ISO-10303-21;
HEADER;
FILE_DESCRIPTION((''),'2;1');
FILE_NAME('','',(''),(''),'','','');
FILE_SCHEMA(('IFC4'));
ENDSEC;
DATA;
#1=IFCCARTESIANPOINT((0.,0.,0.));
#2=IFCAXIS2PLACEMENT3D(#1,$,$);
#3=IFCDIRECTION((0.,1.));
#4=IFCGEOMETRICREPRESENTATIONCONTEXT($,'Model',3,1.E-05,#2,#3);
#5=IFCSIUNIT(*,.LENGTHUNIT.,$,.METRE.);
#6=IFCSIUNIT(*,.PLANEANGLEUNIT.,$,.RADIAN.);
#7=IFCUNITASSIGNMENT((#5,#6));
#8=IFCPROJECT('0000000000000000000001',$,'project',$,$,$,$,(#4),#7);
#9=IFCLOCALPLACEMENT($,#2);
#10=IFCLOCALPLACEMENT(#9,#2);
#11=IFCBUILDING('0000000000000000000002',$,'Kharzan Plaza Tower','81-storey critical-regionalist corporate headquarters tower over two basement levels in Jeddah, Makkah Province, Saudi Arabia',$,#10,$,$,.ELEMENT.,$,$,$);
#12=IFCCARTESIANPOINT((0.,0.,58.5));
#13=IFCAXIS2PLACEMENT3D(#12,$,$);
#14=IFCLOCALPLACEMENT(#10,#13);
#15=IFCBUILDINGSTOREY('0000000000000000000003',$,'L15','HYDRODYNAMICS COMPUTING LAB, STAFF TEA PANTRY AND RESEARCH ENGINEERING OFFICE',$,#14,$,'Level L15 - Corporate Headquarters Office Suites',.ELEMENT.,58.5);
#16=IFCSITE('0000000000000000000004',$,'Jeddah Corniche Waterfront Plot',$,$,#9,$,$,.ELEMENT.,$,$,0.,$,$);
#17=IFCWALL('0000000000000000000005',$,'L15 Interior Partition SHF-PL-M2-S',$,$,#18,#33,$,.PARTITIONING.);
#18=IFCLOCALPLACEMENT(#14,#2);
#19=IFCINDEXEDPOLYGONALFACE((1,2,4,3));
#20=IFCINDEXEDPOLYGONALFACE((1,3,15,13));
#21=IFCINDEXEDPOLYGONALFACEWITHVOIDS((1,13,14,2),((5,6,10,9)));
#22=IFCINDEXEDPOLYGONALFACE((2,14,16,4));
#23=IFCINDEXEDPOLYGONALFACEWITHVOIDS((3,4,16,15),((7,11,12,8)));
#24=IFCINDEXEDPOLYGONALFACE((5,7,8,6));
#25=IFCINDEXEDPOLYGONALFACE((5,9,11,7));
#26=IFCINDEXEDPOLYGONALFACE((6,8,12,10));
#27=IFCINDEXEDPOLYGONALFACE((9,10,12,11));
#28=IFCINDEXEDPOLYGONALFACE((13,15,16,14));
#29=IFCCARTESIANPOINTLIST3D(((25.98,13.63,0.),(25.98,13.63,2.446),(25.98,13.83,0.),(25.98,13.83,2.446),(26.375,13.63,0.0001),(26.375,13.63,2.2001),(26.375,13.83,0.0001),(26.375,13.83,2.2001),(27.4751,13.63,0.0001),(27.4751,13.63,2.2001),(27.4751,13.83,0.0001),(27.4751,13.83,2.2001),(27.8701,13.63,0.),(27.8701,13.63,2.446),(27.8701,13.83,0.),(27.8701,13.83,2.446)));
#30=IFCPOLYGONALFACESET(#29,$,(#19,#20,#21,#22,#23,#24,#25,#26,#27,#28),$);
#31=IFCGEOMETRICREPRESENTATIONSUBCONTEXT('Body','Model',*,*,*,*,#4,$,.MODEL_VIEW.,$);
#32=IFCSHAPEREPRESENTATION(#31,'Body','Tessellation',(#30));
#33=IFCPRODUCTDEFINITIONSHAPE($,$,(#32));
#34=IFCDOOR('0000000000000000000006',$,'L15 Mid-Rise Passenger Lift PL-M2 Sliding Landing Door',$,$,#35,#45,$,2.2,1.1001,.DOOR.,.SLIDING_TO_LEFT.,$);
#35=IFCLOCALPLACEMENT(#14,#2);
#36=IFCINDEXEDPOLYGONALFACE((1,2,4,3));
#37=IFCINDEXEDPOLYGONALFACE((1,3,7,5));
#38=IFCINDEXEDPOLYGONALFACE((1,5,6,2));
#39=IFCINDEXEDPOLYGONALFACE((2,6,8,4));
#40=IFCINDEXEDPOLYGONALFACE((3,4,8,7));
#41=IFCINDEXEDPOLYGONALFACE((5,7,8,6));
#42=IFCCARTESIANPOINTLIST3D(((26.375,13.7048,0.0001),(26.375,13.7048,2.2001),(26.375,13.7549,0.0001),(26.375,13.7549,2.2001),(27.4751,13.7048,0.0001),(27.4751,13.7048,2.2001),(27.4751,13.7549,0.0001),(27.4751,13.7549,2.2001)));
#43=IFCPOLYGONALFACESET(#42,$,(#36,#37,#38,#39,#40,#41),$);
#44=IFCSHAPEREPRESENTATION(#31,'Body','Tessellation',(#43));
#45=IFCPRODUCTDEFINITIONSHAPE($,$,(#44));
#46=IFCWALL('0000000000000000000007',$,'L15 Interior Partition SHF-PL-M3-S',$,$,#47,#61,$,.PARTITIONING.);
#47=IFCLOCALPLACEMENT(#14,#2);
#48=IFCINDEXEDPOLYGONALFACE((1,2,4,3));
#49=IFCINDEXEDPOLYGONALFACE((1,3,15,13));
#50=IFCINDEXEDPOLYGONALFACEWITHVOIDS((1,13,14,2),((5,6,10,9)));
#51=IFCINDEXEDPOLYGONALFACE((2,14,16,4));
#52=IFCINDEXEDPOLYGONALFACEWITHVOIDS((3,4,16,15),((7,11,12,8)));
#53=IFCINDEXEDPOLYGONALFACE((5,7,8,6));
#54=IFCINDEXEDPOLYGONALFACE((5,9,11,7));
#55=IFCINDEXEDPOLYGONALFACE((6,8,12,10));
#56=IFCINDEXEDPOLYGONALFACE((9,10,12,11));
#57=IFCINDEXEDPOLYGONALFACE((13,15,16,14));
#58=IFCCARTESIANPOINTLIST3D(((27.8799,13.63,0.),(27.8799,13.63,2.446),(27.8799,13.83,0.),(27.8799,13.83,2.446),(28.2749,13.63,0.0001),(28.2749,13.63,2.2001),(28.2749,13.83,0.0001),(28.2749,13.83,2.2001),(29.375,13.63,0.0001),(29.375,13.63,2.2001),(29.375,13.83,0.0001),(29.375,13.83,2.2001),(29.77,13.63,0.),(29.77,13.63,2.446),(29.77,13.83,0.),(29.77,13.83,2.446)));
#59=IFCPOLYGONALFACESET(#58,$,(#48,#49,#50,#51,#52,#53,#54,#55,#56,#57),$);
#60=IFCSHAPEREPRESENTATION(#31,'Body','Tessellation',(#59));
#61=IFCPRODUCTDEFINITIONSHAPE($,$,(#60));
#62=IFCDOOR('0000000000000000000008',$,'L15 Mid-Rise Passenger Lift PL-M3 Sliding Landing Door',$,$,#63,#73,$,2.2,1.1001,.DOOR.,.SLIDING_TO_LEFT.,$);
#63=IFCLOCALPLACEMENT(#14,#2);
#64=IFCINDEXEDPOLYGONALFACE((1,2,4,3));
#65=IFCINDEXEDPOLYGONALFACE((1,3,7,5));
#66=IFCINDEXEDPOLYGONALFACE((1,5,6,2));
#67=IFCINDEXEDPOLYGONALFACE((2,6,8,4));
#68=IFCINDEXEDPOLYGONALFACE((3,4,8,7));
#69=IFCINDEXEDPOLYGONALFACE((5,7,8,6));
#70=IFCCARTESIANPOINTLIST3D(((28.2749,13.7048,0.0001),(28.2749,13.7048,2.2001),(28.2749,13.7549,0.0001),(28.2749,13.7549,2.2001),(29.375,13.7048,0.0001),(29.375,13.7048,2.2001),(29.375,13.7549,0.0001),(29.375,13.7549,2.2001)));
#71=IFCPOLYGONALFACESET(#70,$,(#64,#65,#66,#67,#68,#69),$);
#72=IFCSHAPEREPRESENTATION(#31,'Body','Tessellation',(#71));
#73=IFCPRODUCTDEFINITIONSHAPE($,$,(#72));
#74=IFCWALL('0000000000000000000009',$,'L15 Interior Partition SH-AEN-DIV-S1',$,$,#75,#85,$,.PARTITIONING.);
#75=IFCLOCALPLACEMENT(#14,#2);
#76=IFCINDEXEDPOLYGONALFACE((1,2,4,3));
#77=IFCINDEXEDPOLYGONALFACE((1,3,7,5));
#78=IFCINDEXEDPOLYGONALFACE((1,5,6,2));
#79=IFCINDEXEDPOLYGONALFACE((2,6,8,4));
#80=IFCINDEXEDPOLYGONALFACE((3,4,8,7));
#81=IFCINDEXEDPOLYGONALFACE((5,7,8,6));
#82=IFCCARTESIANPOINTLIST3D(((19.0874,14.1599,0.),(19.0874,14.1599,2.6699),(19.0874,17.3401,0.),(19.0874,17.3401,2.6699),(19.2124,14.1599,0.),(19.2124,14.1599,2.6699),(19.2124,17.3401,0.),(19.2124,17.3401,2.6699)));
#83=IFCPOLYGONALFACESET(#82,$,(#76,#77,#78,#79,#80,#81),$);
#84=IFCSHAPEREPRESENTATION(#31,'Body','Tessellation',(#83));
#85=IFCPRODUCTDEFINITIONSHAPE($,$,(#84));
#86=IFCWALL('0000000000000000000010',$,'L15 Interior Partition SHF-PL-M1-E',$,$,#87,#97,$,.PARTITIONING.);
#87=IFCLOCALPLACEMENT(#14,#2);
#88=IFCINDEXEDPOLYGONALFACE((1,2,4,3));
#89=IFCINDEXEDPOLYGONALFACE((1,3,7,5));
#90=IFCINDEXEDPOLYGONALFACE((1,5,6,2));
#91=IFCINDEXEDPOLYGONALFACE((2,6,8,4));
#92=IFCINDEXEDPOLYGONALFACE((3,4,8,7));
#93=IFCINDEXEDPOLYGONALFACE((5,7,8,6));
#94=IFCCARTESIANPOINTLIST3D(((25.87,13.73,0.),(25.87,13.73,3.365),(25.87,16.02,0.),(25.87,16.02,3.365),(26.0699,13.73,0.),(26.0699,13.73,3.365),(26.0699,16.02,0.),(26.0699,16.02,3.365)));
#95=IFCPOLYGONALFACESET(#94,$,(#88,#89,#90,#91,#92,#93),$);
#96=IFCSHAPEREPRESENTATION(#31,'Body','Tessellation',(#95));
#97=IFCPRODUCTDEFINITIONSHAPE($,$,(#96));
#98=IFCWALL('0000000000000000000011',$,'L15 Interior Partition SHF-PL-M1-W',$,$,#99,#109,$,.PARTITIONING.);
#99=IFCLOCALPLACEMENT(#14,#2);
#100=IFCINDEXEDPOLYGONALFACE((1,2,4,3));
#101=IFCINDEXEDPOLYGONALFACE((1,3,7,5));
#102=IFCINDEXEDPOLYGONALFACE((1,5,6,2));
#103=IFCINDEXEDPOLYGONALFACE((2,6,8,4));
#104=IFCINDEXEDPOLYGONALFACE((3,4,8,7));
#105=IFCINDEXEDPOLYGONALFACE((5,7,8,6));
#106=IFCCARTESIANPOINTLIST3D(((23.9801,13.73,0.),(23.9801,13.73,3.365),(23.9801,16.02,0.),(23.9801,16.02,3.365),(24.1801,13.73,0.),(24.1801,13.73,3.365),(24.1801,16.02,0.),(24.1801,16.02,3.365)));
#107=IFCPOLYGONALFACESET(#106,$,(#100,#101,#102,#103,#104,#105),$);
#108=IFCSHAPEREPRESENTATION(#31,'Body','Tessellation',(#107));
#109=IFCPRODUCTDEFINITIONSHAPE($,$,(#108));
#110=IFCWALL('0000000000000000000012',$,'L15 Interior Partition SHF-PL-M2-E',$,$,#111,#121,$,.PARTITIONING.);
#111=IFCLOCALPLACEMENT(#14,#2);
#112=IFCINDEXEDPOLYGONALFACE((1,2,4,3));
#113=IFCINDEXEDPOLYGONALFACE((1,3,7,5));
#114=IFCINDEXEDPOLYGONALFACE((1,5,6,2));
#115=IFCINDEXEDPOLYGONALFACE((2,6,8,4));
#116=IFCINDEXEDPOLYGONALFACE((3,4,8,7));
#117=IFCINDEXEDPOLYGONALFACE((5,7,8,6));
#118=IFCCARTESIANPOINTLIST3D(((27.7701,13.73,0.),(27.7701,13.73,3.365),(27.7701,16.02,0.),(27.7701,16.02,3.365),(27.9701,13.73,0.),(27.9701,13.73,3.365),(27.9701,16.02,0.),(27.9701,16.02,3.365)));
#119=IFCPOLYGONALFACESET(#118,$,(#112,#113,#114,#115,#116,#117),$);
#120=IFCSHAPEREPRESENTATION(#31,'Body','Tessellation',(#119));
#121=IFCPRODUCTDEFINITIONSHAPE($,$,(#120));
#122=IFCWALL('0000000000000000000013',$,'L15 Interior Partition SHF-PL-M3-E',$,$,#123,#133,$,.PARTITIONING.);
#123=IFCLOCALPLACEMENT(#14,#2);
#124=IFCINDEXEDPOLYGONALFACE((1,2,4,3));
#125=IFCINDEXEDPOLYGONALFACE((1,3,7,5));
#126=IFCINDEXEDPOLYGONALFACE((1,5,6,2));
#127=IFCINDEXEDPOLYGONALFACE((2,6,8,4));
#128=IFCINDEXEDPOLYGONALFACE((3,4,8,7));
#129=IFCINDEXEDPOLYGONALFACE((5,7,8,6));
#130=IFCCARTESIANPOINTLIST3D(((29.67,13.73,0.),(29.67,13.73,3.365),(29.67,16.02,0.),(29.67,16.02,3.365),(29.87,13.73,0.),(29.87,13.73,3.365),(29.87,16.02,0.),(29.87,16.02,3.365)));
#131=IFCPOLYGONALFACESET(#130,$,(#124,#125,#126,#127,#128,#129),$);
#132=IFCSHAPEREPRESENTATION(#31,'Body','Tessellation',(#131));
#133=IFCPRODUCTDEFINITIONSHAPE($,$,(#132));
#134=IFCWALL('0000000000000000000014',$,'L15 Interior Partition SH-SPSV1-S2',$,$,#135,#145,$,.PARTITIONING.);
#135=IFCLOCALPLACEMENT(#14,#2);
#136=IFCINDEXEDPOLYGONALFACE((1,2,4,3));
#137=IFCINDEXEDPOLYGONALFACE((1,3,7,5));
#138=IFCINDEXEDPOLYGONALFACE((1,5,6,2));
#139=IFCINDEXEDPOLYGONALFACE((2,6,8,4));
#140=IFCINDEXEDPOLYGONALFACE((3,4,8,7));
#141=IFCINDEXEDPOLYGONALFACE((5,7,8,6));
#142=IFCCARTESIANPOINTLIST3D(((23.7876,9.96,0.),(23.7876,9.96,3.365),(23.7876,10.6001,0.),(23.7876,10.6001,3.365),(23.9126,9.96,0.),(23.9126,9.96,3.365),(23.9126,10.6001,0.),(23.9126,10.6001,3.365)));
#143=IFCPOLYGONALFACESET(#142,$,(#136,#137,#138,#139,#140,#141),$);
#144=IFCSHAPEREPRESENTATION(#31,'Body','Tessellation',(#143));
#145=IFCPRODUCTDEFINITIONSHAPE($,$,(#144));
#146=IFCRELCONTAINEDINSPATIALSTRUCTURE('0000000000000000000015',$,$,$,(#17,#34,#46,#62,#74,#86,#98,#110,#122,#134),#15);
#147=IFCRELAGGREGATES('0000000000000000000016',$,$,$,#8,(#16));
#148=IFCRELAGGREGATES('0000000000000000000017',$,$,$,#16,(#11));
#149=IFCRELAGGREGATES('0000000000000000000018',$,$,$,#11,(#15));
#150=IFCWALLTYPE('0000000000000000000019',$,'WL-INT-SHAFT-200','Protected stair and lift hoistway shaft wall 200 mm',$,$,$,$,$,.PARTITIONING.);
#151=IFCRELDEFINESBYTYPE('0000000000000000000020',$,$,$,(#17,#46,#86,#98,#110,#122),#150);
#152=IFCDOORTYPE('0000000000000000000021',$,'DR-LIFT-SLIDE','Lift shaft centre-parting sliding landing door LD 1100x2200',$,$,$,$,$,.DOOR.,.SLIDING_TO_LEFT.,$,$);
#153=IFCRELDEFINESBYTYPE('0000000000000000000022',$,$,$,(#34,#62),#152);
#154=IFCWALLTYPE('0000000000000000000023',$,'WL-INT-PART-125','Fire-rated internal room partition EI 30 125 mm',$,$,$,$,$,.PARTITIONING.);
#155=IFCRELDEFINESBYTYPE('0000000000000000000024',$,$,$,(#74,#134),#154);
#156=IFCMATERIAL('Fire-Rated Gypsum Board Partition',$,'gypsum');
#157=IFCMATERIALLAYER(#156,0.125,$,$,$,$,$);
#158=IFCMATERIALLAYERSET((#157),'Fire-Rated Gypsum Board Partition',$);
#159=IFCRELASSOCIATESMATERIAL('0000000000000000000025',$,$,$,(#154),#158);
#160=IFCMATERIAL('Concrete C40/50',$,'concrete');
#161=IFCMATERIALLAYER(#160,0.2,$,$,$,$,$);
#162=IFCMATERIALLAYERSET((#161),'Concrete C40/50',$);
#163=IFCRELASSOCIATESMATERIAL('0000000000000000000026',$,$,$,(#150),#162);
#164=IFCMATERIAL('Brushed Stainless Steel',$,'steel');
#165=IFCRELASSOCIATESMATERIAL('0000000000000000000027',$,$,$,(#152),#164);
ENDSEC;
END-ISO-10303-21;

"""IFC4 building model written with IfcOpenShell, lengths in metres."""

from ifc_helpers import new_model, si_unit, direction, frame, frame_2d, origin, place, context, subcontext, project, spatial, rectangle, extrude, source, transform, mapped, material, layer, layer_set, type_object, element, fill, save


model = new_model("IFC4")

# Units and contexts
model_context = context("Model", 3, precision=1e-05, world=origin(), true_north=direction((0.0, 1.0)))
body_context = subcontext(model_context, "Body", "Model", "MODEL_VIEW")
ifc_project = project(units=[si_unit("LENGTHUNIT", "METRE"), si_unit("PLANEANGLEUNIT", "RADIAN")], contexts=[model_context])

# Site, building, storey
site_placement = place(None, origin())
site = spatial("IfcSite", under=ifc_project, at=site_placement, Name="Jeddah Corniche Waterfront Plot", CompositionType="ELEMENT", RefElevation=0.0)
building_placement = place(site_placement, origin())
building = spatial("IfcBuilding", under=site, at=building_placement, Name="Kharzan Plaza Tower", Description="81-storey critical-regionalist corporate headquarters tower over two basement levels in Jeddah, Makkah Province, Saudi Arabia", CompositionType="ELEMENT")
storey_placement = place(building_placement, frame((0.0, 0.0, 58.5)))
storey = spatial("IfcBuildingStorey", under=building, at=storey_placement, Name="L15", Description="HYDRODYNAMICS COMPUTING LAB, STAFF TEA PANTRY AND RESEARCH ENGINEERING OFFICE", LongName="Level L15 - Corporate Headquarters Office Suites", CompositionType="ELEMENT", Elevation=58.5)

# Walls, openings, doors
ifc_material_1 = material(Name="Fire-Rated Gypsum Board Partition", Category="gypsum")
ifc_layer_1 = layer(ifc_material_1, 0.125)
ifc_layer_set_1 = layer_set([ifc_layer_1], Name="Fire-Rated Gypsum Board Partition")
wall_type_1 = type_object("IfcWallType", Name="WL-INT-PART-125", Description="Fire-rated internal room partition EI 30 125 mm", PredefinedType="PARTITIONING", material=ifc_layer_set_1)
ifc_material_2 = material(Name="Concrete C40/50", Category="concrete")
ifc_layer_2 = layer(ifc_material_2, 0.2)
ifc_layer_set_2 = layer_set([ifc_layer_2], Name="Concrete C40/50")
wall_type_2 = type_object("IfcWallType", Name="WL-INT-SHAFT-200", Description="Protected stair and lift hoistway shaft wall 200 mm", PredefinedType="PARTITIONING", material=ifc_layer_set_2)
ifc_material_3 = material(Name="Brushed Stainless Steel", Category="steel")
door_type_1 = type_object("IfcDoorType", Name="DR-LIFT-SLIDE", Description="Lift shaft centre-parting sliding landing door LD 1100x2200", OperationType="SLIDING_TO_LEFT", PredefinedType="DOOR", material=ifc_material_3)
shared_shape_1 = source(origin(), body_context, "Body", "SweptSolid", [
    extrude(rectangle(XDim=1.1001, YDim=2.2, at=frame_2d((0.55, 1.1001))), frame((0.0, 0.0249, 0.0), z_axis=(0.0, -1.0, 0.0), x_axis=(1.0, 0.0, 0.0)), (0.0, 0.0, 1.0), 0.05),
])
wall_1_placement = place(storey_placement, frame((25.98, 13.73, 0.0), z_axis=(0.0, 0.0, 1.0), x_axis=(1.0, 0.0, 0.0)))
wall_1 = element("IfcWall", 1, at=wall_1_placement, inside=storey, type_object=wall_type_2, Name="L15 Interior Partition SHF-PL-M2-S", PredefinedType="PARTITIONING", context=body_context, shape_type="SweptSolid", body=[
    extrude(rectangle(XDim=1.8901, YDim=0.2, at=frame_2d((0.9451, 0.0))), origin(), (0.0, 0.0, 1.0), 2.446),
])
opening_1_placement = place(wall_1_placement, frame((0.395, 0.0, 0.0)))
opening_1 = element("IfcOpeningElement", 2, at=opening_1_placement, cuts=wall_1, PredefinedType="OPENING", context=body_context, shape_type="SweptSolid", body=[
    extrude(rectangle(XDim=1.1001, YDim=2.2, at=frame_2d((0.55, 1.1001))), frame((0.0, 0.1099, 0.0), z_axis=(0.0, -1.0, 0.0), x_axis=(1.0, 0.0, 0.0)), (0.0, 0.0, 1.0), 0.22),
])
door_1_placement = place(opening_1_placement, origin())
door_1 = element("IfcDoor", 3, at=door_1_placement, inside=storey, type_object=door_type_1, Name="L15 Mid-Rise Passenger Lift PL-M2 Sliding Landing Door", OperationType="SLIDING_TO_LEFT", OverallHeight=2.2, OverallWidth=1.1001, PredefinedType="DOOR", context=body_context, shape_type="MappedRepresentation", body=[
    mapped(shared_shape_1, transform((0.0, 0.0, 0.0), x_axis=(1.0, 0.0, 0.0), y_axis=(0.0, 1.0, 0.0), z_axis=(0.0, 0.0, 1.0))),
])
fill(opening_1, door_1)
wall_2_placement = place(storey_placement, frame((27.8799, 13.73, 0.0), z_axis=(0.0, 0.0, 1.0), x_axis=(1.0, 0.0, 0.0)))
wall_2 = element("IfcWall", 4, at=wall_2_placement, inside=storey, type_object=wall_type_2, Name="L15 Interior Partition SHF-PL-M3-S", PredefinedType="PARTITIONING", context=body_context, shape_type="SweptSolid", body=[
    extrude(rectangle(XDim=1.8901, YDim=0.2, at=frame_2d((0.9451, 0.0))), origin(), (0.0, 0.0, 1.0), 2.446),
])
opening_2_placement = place(wall_2_placement, frame((0.395, 0.0, 0.0)))
opening_2 = element("IfcOpeningElement", 5, at=opening_2_placement, cuts=wall_2, PredefinedType="OPENING", context=body_context, shape_type="SweptSolid", body=[
    extrude(rectangle(XDim=1.1001, YDim=2.2, at=frame_2d((0.55, 1.1001))), frame((0.0, 0.1099, 0.0), z_axis=(0.0, -1.0, 0.0), x_axis=(1.0, 0.0, 0.0)), (0.0, 0.0, 1.0), 0.22),
])
door_2_placement = place(opening_2_placement, origin())
door_2 = element("IfcDoor", 6, at=door_2_placement, inside=storey, type_object=door_type_1, Name="L15 Mid-Rise Passenger Lift PL-M3 Sliding Landing Door", OperationType="SLIDING_TO_LEFT", OverallHeight=2.2, OverallWidth=1.1001, PredefinedType="DOOR", context=body_context, shape_type="MappedRepresentation", body=[
    mapped(shared_shape_1, transform((0.0, 0.0, 0.0), x_axis=(1.0, 0.0, 0.0), y_axis=(0.0, 1.0, 0.0), z_axis=(0.0, 0.0, 1.0))),
])
fill(opening_2, door_2)

# Walls
shared_shape_2 = source(origin(), body_context, "Body", "SweptSolid", [
    extrude(rectangle(XDim=3.1802, YDim=0.125, at=frame_2d((1.5901, 0.0))), origin(), (0.0, 0.0, 1.0), 2.6699),
])
wall_3_placement = place(storey_placement, frame((19.1499, 14.1599, 0.0), z_axis=(0.0, 0.0, 1.0), x_axis=(0.0, 1.0, 0.0)))
element("IfcWall", 7, at=wall_3_placement, inside=storey, type_object=wall_type_1, Name="L15 Interior Partition SH-AEN-DIV-S1", PredefinedType="PARTITIONING", context=body_context, shape_type="MappedRepresentation", body=[
    mapped(shared_shape_2, transform((0.0, 0.0, 0.0), x_axis=(1.0, 0.0, 0.0), y_axis=(0.0, 1.0, 0.0), z_axis=(0.0, 0.0, 1.0))),
])
shared_shape_3 = source(origin(), body_context, "Body", "SweptSolid", [
    extrude(rectangle(XDim=2.29, YDim=0.2, at=frame_2d((1.145, 0.0))), origin(), (0.0, 0.0, 1.0), 3.365),
])
for number, where, z_axis, x_axis, name in (
    (8, (25.97, 13.73, 0.0), (0.0, 0.0, 1.0), (0.0, 1.0, 0.0), "L15 Interior Partition SHF-PL-M1-E"),
    (9, (24.0801, 13.73, 0.0), (0.0, 0.0, 1.0), (0.0, 1.0, 0.0), "L15 Interior Partition SHF-PL-M1-W"),
    (10, (27.8701, 13.73, 0.0), (0.0, 0.0, 1.0), (0.0, 1.0, 0.0), "L15 Interior Partition SHF-PL-M2-E"),
    (11, (29.77, 13.73, 0.0), (0.0, 0.0, 1.0), (0.0, 1.0, 0.0), "L15 Interior Partition SHF-PL-M3-E"),
):
    element("IfcWall", number, at=place(storey_placement, frame(where, z_axis=z_axis, x_axis=x_axis)), inside=storey, type_object=wall_type_2, Name=name, PredefinedType="PARTITIONING", context=body_context, shape_type="MappedRepresentation", body=[
        mapped(shared_shape_3, transform((0.0, 0.0, 0.0), x_axis=(1.0, 0.0, 0.0), y_axis=(0.0, 1.0, 0.0), z_axis=(0.0, 0.0, 1.0))),
    ])
shared_shape_4 = source(origin(), body_context, "Body", "SweptSolid", [
    extrude(rectangle(XDim=0.6401, YDim=0.125, at=frame_2d((0.3201, 0.0))), origin(), (0.0, 0.0, 1.0), 3.365),
])
wall_4_placement = place(storey_placement, frame((23.8501, 9.96, 0.0), z_axis=(0.0, 0.0, 1.0), x_axis=(0.0, 1.0, 0.0)))
element("IfcWall", 12, at=wall_4_placement, inside=storey, type_object=wall_type_1, Name="L15 Interior Partition SH-SPSV1-S2", PredefinedType="PARTITIONING", context=body_context, shape_type="MappedRepresentation", body=[
    mapped(shared_shape_4, transform((0.0, 0.0, 0.0), x_axis=(1.0, 0.0, 0.0), y_axis=(0.0, 1.0, 0.0), z_axis=(0.0, 0.0, 1.0))),
])

save(model, "model.ifc")
